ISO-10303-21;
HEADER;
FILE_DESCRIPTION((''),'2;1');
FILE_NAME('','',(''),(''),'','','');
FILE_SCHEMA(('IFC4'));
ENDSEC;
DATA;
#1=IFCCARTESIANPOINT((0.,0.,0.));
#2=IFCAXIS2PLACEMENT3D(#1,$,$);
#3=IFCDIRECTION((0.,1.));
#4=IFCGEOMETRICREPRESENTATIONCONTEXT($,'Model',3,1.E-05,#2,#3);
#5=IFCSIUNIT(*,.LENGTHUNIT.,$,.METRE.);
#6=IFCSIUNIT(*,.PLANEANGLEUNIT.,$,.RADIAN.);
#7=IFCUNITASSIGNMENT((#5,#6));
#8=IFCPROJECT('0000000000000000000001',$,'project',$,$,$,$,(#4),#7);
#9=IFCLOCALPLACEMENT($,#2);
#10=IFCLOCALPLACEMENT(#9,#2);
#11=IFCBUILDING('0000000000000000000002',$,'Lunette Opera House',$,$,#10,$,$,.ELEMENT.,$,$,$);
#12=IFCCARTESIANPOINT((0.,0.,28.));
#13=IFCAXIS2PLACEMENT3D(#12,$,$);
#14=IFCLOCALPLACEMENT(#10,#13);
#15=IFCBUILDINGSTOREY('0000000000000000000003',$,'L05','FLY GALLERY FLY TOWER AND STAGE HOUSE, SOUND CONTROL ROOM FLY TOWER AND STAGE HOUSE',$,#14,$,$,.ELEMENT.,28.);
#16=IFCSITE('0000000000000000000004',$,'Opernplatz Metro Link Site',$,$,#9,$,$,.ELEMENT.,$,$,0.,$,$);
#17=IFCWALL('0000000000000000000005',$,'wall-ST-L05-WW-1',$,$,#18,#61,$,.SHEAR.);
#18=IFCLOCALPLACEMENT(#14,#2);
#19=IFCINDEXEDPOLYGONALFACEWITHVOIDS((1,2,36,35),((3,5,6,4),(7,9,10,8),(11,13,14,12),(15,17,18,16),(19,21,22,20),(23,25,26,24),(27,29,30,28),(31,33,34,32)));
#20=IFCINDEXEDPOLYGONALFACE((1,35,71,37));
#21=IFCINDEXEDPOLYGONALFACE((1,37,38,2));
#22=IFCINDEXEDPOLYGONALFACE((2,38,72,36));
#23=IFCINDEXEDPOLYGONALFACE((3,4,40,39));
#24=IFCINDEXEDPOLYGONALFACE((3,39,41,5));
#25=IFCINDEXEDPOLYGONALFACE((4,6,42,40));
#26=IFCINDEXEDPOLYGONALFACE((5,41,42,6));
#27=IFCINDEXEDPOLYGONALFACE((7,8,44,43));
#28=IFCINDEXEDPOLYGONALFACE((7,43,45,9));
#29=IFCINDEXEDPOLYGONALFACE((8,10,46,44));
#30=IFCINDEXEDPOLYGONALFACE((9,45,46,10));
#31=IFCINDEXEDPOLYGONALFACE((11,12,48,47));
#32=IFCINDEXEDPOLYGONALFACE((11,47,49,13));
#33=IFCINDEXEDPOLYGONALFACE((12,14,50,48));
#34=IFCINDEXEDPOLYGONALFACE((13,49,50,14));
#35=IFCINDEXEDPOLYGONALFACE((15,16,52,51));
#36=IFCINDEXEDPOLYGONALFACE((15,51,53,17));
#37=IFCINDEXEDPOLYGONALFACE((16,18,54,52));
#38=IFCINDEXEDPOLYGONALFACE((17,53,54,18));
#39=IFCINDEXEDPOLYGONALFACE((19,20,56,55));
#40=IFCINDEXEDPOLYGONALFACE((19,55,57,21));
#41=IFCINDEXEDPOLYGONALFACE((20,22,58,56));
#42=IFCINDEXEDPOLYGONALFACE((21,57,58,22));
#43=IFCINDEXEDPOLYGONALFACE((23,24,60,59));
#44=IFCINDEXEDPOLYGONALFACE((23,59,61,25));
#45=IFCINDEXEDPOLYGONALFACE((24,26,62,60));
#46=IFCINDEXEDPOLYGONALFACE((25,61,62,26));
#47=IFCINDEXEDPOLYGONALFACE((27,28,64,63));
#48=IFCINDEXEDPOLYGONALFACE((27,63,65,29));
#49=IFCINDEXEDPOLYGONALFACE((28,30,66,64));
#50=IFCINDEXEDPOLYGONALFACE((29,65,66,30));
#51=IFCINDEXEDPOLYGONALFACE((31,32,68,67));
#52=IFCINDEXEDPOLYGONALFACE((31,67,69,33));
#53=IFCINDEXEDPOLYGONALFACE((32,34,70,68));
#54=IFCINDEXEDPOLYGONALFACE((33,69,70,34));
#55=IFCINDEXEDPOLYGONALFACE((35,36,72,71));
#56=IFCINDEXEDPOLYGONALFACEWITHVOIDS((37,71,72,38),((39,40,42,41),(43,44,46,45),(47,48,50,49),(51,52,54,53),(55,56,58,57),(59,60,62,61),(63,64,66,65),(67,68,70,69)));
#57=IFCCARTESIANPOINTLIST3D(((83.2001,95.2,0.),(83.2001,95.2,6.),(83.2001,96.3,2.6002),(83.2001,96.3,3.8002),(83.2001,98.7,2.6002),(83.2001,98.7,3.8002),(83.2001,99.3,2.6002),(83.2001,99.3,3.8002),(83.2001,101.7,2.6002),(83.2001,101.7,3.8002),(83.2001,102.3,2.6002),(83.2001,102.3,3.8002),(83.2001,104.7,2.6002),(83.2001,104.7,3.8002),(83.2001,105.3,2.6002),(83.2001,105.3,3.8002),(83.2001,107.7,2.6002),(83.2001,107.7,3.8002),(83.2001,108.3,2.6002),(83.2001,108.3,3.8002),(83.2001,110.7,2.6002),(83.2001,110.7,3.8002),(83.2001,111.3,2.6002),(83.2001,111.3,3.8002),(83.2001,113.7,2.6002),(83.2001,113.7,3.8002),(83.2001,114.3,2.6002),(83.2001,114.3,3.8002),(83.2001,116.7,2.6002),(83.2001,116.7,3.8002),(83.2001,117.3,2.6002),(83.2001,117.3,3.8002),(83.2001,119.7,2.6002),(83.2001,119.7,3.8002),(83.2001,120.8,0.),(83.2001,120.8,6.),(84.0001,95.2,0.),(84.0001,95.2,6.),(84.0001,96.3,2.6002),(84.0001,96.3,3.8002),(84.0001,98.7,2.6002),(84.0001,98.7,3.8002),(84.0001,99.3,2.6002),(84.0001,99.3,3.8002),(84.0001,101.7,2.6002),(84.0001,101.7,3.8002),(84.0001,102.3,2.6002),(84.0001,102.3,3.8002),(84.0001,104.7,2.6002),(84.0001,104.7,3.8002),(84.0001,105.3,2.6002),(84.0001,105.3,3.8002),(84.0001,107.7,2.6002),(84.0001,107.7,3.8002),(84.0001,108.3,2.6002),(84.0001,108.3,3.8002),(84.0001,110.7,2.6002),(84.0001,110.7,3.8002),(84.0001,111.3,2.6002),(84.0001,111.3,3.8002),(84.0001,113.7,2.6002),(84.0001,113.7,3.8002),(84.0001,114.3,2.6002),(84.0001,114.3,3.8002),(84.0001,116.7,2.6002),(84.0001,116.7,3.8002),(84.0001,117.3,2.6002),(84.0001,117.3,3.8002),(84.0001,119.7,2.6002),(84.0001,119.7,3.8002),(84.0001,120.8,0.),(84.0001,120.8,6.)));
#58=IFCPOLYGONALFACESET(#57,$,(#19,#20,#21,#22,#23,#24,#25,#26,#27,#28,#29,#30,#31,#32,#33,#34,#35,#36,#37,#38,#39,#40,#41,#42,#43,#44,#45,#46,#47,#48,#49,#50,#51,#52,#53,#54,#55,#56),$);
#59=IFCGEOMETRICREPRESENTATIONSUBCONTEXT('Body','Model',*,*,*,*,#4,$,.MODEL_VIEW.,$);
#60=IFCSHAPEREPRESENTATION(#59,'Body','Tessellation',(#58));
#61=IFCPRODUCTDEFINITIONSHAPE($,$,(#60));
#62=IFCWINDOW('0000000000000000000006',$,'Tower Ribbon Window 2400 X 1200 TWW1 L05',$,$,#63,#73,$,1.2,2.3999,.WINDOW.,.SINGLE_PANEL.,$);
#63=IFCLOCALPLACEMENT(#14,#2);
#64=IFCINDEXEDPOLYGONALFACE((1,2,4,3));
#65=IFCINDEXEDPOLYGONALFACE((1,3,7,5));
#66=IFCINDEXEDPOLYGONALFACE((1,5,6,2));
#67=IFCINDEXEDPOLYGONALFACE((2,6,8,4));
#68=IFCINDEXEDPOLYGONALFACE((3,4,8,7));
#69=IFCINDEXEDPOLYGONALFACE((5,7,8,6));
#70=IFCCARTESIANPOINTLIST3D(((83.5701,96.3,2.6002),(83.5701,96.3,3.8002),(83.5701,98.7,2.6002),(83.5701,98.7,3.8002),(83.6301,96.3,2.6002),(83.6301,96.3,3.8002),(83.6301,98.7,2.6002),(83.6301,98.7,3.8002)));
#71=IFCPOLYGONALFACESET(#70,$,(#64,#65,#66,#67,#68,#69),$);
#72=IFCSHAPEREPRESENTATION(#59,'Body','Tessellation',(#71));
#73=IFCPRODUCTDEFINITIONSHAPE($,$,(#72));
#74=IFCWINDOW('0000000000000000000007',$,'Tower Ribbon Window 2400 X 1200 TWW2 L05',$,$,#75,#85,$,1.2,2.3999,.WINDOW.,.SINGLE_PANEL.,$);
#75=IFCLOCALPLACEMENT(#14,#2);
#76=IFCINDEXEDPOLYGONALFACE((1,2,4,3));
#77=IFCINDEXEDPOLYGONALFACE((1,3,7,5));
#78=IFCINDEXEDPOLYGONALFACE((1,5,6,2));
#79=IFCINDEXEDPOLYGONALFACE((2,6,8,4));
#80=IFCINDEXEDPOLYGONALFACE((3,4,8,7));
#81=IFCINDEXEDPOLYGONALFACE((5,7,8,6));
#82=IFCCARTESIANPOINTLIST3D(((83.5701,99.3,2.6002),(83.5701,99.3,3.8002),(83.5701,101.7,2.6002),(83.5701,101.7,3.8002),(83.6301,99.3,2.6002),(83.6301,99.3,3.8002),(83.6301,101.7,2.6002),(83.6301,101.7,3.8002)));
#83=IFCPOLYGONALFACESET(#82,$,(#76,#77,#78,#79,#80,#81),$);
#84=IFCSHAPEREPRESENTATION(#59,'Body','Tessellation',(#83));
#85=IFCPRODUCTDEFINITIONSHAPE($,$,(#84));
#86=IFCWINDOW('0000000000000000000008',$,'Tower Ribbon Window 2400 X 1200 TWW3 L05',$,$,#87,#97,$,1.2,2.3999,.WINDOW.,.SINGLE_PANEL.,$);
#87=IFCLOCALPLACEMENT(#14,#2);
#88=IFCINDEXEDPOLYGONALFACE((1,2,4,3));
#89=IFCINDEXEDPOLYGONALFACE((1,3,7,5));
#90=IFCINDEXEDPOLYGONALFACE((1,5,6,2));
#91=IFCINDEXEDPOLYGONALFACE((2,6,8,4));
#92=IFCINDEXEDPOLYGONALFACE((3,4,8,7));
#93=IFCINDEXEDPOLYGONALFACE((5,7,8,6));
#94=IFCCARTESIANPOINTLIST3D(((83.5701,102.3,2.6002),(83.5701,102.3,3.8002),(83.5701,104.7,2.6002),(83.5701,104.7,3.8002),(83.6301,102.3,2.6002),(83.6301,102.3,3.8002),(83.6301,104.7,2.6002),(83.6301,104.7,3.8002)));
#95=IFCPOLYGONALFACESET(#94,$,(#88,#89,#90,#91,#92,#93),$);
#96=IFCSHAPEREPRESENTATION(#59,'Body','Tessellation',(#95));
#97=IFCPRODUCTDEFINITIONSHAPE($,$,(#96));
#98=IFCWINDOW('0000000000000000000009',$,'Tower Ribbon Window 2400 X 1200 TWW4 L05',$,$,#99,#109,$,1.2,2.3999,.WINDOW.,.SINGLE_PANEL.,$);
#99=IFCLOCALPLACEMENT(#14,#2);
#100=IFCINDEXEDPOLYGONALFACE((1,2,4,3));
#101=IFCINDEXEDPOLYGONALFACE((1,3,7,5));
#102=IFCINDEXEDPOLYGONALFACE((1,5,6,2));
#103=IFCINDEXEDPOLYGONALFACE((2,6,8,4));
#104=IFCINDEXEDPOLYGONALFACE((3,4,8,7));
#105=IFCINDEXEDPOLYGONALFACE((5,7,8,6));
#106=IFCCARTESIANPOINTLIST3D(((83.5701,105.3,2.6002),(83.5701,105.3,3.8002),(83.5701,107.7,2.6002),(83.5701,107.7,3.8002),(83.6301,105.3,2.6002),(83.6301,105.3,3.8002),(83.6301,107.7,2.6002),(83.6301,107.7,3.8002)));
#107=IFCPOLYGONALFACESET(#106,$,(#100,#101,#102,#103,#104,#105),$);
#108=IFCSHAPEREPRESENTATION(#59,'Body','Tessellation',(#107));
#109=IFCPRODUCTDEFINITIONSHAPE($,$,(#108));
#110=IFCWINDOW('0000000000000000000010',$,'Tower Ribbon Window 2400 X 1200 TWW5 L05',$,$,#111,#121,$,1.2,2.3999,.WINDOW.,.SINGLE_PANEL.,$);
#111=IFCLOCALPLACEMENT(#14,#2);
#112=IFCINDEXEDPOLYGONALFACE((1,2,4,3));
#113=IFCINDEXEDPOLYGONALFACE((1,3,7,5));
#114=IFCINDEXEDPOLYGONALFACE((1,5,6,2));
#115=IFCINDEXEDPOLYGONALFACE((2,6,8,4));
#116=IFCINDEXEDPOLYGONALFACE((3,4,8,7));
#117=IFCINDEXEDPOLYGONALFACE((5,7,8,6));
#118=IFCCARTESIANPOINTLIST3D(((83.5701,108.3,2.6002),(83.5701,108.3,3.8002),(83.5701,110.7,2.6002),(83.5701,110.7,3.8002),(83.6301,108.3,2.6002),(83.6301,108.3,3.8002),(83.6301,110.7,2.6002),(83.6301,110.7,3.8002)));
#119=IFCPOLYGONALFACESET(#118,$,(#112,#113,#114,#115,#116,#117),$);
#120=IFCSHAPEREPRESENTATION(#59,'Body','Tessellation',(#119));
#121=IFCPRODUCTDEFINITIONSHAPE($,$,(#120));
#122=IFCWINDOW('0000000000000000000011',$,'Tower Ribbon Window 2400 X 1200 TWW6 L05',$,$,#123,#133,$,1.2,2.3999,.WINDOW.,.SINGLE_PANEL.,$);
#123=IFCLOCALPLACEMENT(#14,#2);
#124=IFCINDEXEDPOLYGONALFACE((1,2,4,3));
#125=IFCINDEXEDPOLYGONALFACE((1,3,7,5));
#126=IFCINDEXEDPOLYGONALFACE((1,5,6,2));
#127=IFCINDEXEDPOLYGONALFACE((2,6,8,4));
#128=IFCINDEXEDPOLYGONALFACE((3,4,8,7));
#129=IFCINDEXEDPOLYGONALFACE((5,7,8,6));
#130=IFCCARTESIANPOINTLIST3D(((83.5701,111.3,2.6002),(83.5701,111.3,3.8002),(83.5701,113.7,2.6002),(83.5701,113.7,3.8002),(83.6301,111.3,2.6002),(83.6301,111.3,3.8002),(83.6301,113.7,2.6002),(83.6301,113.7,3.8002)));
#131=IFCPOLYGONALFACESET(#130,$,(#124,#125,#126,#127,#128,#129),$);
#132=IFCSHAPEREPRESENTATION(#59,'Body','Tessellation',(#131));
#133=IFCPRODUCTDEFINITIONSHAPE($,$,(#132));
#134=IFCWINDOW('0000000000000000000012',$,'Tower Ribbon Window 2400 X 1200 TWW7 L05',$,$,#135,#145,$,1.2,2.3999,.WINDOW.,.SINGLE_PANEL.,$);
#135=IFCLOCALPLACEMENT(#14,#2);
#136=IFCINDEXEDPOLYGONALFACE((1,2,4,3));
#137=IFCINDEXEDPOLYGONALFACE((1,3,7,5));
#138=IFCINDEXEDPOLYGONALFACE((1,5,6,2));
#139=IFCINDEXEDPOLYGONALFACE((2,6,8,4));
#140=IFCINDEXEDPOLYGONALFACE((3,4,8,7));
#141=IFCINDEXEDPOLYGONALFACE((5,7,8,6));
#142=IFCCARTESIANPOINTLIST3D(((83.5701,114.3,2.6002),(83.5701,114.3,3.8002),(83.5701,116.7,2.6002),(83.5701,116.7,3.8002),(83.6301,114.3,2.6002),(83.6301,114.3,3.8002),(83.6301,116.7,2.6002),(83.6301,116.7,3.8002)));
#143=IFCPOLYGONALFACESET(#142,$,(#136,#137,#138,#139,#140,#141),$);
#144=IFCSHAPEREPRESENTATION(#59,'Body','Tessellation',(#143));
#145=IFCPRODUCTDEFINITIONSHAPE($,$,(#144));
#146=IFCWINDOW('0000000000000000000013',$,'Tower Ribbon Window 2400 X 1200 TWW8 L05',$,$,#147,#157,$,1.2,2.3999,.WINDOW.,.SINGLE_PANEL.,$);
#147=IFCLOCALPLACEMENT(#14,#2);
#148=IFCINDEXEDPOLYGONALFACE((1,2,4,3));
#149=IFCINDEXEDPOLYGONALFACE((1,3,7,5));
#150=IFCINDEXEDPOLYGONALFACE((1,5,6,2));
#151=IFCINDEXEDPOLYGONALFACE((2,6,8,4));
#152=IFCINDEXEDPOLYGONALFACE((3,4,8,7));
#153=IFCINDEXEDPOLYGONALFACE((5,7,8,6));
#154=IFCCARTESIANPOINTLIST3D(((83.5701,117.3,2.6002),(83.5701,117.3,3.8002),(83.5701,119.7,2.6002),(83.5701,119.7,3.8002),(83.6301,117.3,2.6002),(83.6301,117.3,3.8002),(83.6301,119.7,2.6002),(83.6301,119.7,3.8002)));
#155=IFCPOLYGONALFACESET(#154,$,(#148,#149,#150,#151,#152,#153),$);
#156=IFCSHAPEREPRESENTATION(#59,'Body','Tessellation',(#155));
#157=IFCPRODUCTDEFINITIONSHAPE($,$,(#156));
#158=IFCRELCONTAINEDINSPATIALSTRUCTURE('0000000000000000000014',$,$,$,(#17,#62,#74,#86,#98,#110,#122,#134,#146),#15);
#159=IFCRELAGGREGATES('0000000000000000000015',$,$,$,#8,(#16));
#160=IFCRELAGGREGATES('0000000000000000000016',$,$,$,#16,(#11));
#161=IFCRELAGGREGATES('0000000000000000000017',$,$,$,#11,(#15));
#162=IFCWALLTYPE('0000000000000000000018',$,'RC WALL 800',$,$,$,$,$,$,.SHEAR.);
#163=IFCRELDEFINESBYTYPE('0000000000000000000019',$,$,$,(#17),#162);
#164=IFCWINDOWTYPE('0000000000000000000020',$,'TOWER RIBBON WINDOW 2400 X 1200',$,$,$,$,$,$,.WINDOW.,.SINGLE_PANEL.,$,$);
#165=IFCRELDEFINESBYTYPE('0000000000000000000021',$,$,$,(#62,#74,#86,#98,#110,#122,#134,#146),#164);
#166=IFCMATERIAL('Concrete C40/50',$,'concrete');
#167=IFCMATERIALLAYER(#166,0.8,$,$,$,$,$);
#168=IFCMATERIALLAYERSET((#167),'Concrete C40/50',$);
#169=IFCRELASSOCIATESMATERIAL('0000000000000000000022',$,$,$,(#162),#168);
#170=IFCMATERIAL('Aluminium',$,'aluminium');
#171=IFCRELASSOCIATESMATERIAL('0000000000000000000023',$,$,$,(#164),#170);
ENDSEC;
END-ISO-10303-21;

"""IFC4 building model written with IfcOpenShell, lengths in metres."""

from ifc_helpers import new_model, si_unit, direction, frame, frame_2d, origin, place, context, subcontext, project, spatial, rectangle, extrude, material, layer, layer_set, type_object, element, fill, save


model = new_model("IFC4")

# Units and contexts
model_context = context("Model", 3, precision=1e-05, world=origin(), true_north=direction((0.0, 1.0)))
body_context = subcontext(model_context, "Body", "Model", "MODEL_VIEW")
ifc_project = project(units=[si_unit("LENGTHUNIT", "METRE"), si_unit("PLANEANGLEUNIT", "RADIAN")], contexts=[model_context])

# Site, building, storey
site_placement = place(None, origin())
site = spatial("IfcSite", under=ifc_project, at=site_placement, Name="Opernplatz Metro Link Site", CompositionType="ELEMENT", RefElevation=0.0)
building_placement = place(site_placement, origin())
building = spatial("IfcBuilding", under=site, at=building_placement, Name="Lunette Opera House", CompositionType="ELEMENT")
storey_placement = place(building_placement, frame((0.0, 0.0, 28.0)))
storey = spatial("IfcBuildingStorey", under=building, at=storey_placement, Name="L05", Description="FLY GALLERY FLY TOWER AND STAGE HOUSE, SOUND CONTROL ROOM FLY TOWER AND STAGE HOUSE", CompositionType="ELEMENT", Elevation=28.0)

# Wall, openings, windows
ifc_material_1 = material(Name="Concrete C40/50", Category="concrete")
ifc_layer_1 = layer(ifc_material_1, 0.8)
ifc_layer_set_1 = layer_set([ifc_layer_1], Name="Concrete C40/50")
wall_type_1 = type_object("IfcWallType", Name="RC WALL 800", PredefinedType="SHEAR", material=ifc_layer_set_1)
wall_1_placement = place(storey_placement, frame((83.6001, 95.2, 0.0), z_axis=(0.0, 0.0, 1.0), x_axis=(0.0, 1.0, 0.0)))
wall_1 = element("IfcWall", 1, at=wall_1_placement, inside=storey, type_object=wall_type_1, Name="wall-ST-L05-WW-1", PredefinedType="SHEAR", context=body_context, shape_type="SweptSolid", body=[
    extrude(rectangle(XDim=25.6001, YDim=0.8, at=frame_2d((12.8, 0.0))), origin(), (0.0, 0.0, 1.0), 6.0),
])
opening_1_placement = place(wall_1_placement, frame((1.1001, 0.0, 2.6001)))
opening_1 = element("IfcOpeningElement", 2, at=opening_1_placement, cuts=wall_1, PredefinedType="OPENING", context=body_context, shape_type="SweptSolid", body=[
    extrude(rectangle(XDim=2.3999, YDim=1.2, at=frame_2d((1.2, 0.6001))), frame((0.0, 0.4121, 0.0), z_axis=(0.0, -1.0, 0.0), x_axis=(1.0, 0.0, 0.0)), (0.0, 0.0, 1.0), 0.824),
])
opening_2_placement = place(wall_1_placement, frame((4.1001, 0.0, 2.6001)))
opening_2 = element("IfcOpeningElement", 3, at=opening_2_placement, cuts=wall_1, PredefinedType="OPENING", context=body_context, shape_type="SweptSolid", body=[
    extrude(rectangle(XDim=2.3999, YDim=1.2, at=frame_2d((1.2, 0.6001))), frame((0.0, 0.4121, 0.0), z_axis=(0.0, -1.0, 0.0), x_axis=(1.0, 0.0, 0.0)), (0.0, 0.0, 1.0), 0.824),
])
opening_3_placement = place(wall_1_placement, frame((7.1001, 0.0, 2.6001)))
opening_3 = element("IfcOpeningElement", 4, at=opening_3_placement, cuts=wall_1, PredefinedType="OPENING", context=body_context, shape_type="SweptSolid", body=[
    extrude(rectangle(XDim=2.3999, YDim=1.2, at=frame_2d((1.2, 0.6001))), frame((0.0, 0.4121, 0.0), z_axis=(0.0, -1.0, 0.0), x_axis=(1.0, 0.0, 0.0)), (0.0, 0.0, 1.0), 0.824),
])
opening_4_placement = place(wall_1_placement, frame((10.1001, 0.0, 2.6001)))
opening_4 = element("IfcOpeningElement", 5, at=opening_4_placement, cuts=wall_1, PredefinedType="OPENING", context=body_context, shape_type="SweptSolid", body=[
    extrude(rectangle(XDim=2.3999, YDim=1.2, at=frame_2d((1.2, 0.6001))), frame((0.0, 0.4121, 0.0), z_axis=(0.0, -1.0, 0.0), x_axis=(1.0, 0.0, 0.0)), (0.0, 0.0, 1.0), 0.824),
])
opening_5_placement = place(wall_1_placement, frame((13.1001, 0.0, 2.6001)))
opening_5 = element("IfcOpeningElement", 6, at=opening_5_placement, cuts=wall_1, PredefinedType="OPENING", context=body_context, shape_type="SweptSolid", body=[
    extrude(rectangle(XDim=2.3999, YDim=1.2, at=frame_2d((1.2, 0.6001))), frame((0.0, 0.4121, 0.0), z_axis=(0.0, -1.0, 0.0), x_axis=(1.0, 0.0, 0.0)), (0.0, 0.0, 1.0), 0.824),
])
opening_6_placement = place(wall_1_placement, frame((16.1001, 0.0, 2.6001)))
opening_6 = element("IfcOpeningElement", 7, at=opening_6_placement, cuts=wall_1, PredefinedType="OPENING", context=body_context, shape_type="SweptSolid", body=[
    extrude(rectangle(XDim=2.3999, YDim=1.2, at=frame_2d((1.2, 0.6001))), frame((0.0, 0.4121, 0.0), z_axis=(0.0, -1.0, 0.0), x_axis=(1.0, 0.0, 0.0)), (0.0, 0.0, 1.0), 0.824),
])
opening_7_placement = place(wall_1_placement, frame((19.1001, 0.0, 2.6001)))
opening_7 = element("IfcOpeningElement", 8, at=opening_7_placement, cuts=wall_1, PredefinedType="OPENING", context=body_context, shape_type="SweptSolid", body=[
    extrude(rectangle(XDim=2.3999, YDim=1.2, at=frame_2d((1.2, 0.6001))), frame((0.0, 0.4121, 0.0), z_axis=(0.0, -1.0, 0.0), x_axis=(1.0, 0.0, 0.0)), (0.0, 0.0, 1.0), 0.824),
])
opening_8_placement = place(wall_1_placement, frame((22.1001, 0.0, 2.6001)))
opening_8 = element("IfcOpeningElement", 9, at=opening_8_placement, cuts=wall_1, PredefinedType="OPENING", context=body_context, shape_type="SweptSolid", body=[
    extrude(rectangle(XDim=2.3999, YDim=1.2, at=frame_2d((1.2, 0.6001))), frame((0.0, 0.4121, 0.0), z_axis=(0.0, -1.0, 0.0), x_axis=(1.0, 0.0, 0.0)), (0.0, 0.0, 1.0), 0.824),
])
ifc_material_2 = material(Name="Aluminium", Category="aluminium")
window_type = type_object("IfcWindowType", Name="TOWER RIBBON WINDOW 2400 X 1200", PartitioningType="SINGLE_PANEL", PredefinedType="WINDOW", material=ifc_material_2)
window_1_placement = place(opening_1_placement, origin())
window_1 = element("IfcWindow", 10, at=window_1_placement, inside=storey, type_object=window_type, Name="Tower Ribbon Window 2400 X 1200 TWW1 L05", OverallHeight=1.2, OverallWidth=2.3999, PartitioningType="SINGLE_PANEL", PredefinedType="WINDOW", context=body_context, shape_type="SweptSolid", body=[
    extrude(rectangle(XDim=2.3999, YDim=1.2, at=frame_2d((1.2, 0.6001))), frame((0.0, 0.03, 0.0), z_axis=(0.0, -1.0, 0.0), x_axis=(1.0, 0.0, 0.0)), (0.0, 0.0, 1.0), 0.0601),
])
fill(opening_1, window_1)
window_2_placement = place(opening_2_placement, origin())
window_2 = element("IfcWindow", 11, at=window_2_placement, inside=storey, type_object=window_type, Name="Tower Ribbon Window 2400 X 1200 TWW2 L05", OverallHeight=1.2, OverallWidth=2.3999, PartitioningType="SINGLE_PANEL", PredefinedType="WINDOW", context=body_context, shape_type="SweptSolid", body=[
    extrude(rectangle(XDim=2.3999, YDim=1.2, at=frame_2d((1.2, 0.6001))), frame((0.0, 0.03, 0.0), z_axis=(0.0, -1.0, 0.0), x_axis=(1.0, 0.0, 0.0)), (0.0, 0.0, 1.0), 0.0601),
])
fill(opening_2, window_2)
window_3_placement = place(opening_3_placement, origin())
window_3 = element("IfcWindow", 12, at=window_3_placement, inside=storey, type_object=window_type, Name="Tower Ribbon Window 2400 X 1200 TWW3 L05", OverallHeight=1.2, OverallWidth=2.3999, PartitioningType="SINGLE_PANEL", PredefinedType="WINDOW", context=body_context, shape_type="SweptSolid", body=[
    extrude(rectangle(XDim=2.3999, YDim=1.2, at=frame_2d((1.2, 0.6001))), frame((0.0, 0.03, 0.0), z_axis=(0.0, -1.0, 0.0), x_axis=(1.0, 0.0, 0.0)), (0.0, 0.0, 1.0), 0.0601),
])
fill(opening_3, window_3)
window_4_placement = place(opening_4_placement, origin())
window_4 = element("IfcWindow", 13, at=window_4_placement, inside=storey, type_object=window_type, Name="Tower Ribbon Window 2400 X 1200 TWW4 L05", OverallHeight=1.2, OverallWidth=2.3999, PartitioningType="SINGLE_PANEL", PredefinedType="WINDOW", context=body_context, shape_type="SweptSolid", body=[
    extrude(rectangle(XDim=2.3999, YDim=1.2, at=frame_2d((1.2, 0.6001))), frame((0.0, 0.03, 0.0), z_axis=(0.0, -1.0, 0.0), x_axis=(1.0, 0.0, 0.0)), (0.0, 0.0, 1.0), 0.0601),
])
fill(opening_4, window_4)
window_5_placement = place(opening_5_placement, origin())
window_5 = element("IfcWindow", 14, at=window_5_placement, inside=storey, type_object=window_type, Name="Tower Ribbon Window 2400 X 1200 TWW5 L05", OverallHeight=1.2, OverallWidth=2.3999, PartitioningType="SINGLE_PANEL", PredefinedType="WINDOW", context=body_context, shape_type="SweptSolid", body=[
    extrude(rectangle(XDim=2.3999, YDim=1.2, at=frame_2d((1.2, 0.6001))), frame((0.0, 0.03, 0.0), z_axis=(0.0, -1.0, 0.0), x_axis=(1.0, 0.0, 0.0)), (0.0, 0.0, 1.0), 0.0601),
])
fill(opening_5, window_5)
window_6_placement = place(opening_6_placement, origin())
window_6 = element("IfcWindow", 15, at=window_6_placement, inside=storey, type_object=window_type, Name="Tower Ribbon Window 2400 X 1200 TWW6 L05", OverallHeight=1.2, OverallWidth=2.3999, PartitioningType="SINGLE_PANEL", PredefinedType="WINDOW", context=body_context, shape_type="SweptSolid", body=[
    extrude(rectangle(XDim=2.3999, YDim=1.2, at=frame_2d((1.2, 0.6001))), frame((0.0, 0.03, 0.0), z_axis=(0.0, -1.0, 0.0), x_axis=(1.0, 0.0, 0.0)), (0.0, 0.0, 1.0), 0.0601),
])
fill(opening_6, window_6)
window_7_placement = place(opening_7_placement, origin())
window_7 = element("IfcWindow", 16, at=window_7_placement, inside=storey, type_object=window_type, Name="Tower Ribbon Window 2400 X 1200 TWW7 L05", OverallHeight=1.2, OverallWidth=2.3999, PartitioningType="SINGLE_PANEL", PredefinedType="WINDOW", context=body_context, shape_type="SweptSolid", body=[
    extrude(rectangle(XDim=2.3999, YDim=1.2, at=frame_2d((1.2, 0.6001))), frame((0.0, 0.03, 0.0), z_axis=(0.0, -1.0, 0.0), x_axis=(1.0, 0.0, 0.0)), (0.0, 0.0, 1.0), 0.0601),
])
fill(opening_7, window_7)
window_8_placement = place(opening_8_placement, origin())
window_8 = element("IfcWindow", 17, at=window_8_placement, inside=storey, type_object=window_type, Name="Tower Ribbon Window 2400 X 1200 TWW8 L05", OverallHeight=1.2, OverallWidth=2.3999, PartitioningType="SINGLE_PANEL", PredefinedType="WINDOW", context=body_context, shape_type="SweptSolid", body=[
    extrude(rectangle(XDim=2.3999, YDim=1.2, at=frame_2d((1.2, 0.6001))), frame((0.0, 0.03, 0.0), z_axis=(0.0, -1.0, 0.0), x_axis=(1.0, 0.0, 0.0)), (0.0, 0.0, 1.0), 0.0601),
])
fill(opening_8, window_8)

save(model, "model.ifc")
